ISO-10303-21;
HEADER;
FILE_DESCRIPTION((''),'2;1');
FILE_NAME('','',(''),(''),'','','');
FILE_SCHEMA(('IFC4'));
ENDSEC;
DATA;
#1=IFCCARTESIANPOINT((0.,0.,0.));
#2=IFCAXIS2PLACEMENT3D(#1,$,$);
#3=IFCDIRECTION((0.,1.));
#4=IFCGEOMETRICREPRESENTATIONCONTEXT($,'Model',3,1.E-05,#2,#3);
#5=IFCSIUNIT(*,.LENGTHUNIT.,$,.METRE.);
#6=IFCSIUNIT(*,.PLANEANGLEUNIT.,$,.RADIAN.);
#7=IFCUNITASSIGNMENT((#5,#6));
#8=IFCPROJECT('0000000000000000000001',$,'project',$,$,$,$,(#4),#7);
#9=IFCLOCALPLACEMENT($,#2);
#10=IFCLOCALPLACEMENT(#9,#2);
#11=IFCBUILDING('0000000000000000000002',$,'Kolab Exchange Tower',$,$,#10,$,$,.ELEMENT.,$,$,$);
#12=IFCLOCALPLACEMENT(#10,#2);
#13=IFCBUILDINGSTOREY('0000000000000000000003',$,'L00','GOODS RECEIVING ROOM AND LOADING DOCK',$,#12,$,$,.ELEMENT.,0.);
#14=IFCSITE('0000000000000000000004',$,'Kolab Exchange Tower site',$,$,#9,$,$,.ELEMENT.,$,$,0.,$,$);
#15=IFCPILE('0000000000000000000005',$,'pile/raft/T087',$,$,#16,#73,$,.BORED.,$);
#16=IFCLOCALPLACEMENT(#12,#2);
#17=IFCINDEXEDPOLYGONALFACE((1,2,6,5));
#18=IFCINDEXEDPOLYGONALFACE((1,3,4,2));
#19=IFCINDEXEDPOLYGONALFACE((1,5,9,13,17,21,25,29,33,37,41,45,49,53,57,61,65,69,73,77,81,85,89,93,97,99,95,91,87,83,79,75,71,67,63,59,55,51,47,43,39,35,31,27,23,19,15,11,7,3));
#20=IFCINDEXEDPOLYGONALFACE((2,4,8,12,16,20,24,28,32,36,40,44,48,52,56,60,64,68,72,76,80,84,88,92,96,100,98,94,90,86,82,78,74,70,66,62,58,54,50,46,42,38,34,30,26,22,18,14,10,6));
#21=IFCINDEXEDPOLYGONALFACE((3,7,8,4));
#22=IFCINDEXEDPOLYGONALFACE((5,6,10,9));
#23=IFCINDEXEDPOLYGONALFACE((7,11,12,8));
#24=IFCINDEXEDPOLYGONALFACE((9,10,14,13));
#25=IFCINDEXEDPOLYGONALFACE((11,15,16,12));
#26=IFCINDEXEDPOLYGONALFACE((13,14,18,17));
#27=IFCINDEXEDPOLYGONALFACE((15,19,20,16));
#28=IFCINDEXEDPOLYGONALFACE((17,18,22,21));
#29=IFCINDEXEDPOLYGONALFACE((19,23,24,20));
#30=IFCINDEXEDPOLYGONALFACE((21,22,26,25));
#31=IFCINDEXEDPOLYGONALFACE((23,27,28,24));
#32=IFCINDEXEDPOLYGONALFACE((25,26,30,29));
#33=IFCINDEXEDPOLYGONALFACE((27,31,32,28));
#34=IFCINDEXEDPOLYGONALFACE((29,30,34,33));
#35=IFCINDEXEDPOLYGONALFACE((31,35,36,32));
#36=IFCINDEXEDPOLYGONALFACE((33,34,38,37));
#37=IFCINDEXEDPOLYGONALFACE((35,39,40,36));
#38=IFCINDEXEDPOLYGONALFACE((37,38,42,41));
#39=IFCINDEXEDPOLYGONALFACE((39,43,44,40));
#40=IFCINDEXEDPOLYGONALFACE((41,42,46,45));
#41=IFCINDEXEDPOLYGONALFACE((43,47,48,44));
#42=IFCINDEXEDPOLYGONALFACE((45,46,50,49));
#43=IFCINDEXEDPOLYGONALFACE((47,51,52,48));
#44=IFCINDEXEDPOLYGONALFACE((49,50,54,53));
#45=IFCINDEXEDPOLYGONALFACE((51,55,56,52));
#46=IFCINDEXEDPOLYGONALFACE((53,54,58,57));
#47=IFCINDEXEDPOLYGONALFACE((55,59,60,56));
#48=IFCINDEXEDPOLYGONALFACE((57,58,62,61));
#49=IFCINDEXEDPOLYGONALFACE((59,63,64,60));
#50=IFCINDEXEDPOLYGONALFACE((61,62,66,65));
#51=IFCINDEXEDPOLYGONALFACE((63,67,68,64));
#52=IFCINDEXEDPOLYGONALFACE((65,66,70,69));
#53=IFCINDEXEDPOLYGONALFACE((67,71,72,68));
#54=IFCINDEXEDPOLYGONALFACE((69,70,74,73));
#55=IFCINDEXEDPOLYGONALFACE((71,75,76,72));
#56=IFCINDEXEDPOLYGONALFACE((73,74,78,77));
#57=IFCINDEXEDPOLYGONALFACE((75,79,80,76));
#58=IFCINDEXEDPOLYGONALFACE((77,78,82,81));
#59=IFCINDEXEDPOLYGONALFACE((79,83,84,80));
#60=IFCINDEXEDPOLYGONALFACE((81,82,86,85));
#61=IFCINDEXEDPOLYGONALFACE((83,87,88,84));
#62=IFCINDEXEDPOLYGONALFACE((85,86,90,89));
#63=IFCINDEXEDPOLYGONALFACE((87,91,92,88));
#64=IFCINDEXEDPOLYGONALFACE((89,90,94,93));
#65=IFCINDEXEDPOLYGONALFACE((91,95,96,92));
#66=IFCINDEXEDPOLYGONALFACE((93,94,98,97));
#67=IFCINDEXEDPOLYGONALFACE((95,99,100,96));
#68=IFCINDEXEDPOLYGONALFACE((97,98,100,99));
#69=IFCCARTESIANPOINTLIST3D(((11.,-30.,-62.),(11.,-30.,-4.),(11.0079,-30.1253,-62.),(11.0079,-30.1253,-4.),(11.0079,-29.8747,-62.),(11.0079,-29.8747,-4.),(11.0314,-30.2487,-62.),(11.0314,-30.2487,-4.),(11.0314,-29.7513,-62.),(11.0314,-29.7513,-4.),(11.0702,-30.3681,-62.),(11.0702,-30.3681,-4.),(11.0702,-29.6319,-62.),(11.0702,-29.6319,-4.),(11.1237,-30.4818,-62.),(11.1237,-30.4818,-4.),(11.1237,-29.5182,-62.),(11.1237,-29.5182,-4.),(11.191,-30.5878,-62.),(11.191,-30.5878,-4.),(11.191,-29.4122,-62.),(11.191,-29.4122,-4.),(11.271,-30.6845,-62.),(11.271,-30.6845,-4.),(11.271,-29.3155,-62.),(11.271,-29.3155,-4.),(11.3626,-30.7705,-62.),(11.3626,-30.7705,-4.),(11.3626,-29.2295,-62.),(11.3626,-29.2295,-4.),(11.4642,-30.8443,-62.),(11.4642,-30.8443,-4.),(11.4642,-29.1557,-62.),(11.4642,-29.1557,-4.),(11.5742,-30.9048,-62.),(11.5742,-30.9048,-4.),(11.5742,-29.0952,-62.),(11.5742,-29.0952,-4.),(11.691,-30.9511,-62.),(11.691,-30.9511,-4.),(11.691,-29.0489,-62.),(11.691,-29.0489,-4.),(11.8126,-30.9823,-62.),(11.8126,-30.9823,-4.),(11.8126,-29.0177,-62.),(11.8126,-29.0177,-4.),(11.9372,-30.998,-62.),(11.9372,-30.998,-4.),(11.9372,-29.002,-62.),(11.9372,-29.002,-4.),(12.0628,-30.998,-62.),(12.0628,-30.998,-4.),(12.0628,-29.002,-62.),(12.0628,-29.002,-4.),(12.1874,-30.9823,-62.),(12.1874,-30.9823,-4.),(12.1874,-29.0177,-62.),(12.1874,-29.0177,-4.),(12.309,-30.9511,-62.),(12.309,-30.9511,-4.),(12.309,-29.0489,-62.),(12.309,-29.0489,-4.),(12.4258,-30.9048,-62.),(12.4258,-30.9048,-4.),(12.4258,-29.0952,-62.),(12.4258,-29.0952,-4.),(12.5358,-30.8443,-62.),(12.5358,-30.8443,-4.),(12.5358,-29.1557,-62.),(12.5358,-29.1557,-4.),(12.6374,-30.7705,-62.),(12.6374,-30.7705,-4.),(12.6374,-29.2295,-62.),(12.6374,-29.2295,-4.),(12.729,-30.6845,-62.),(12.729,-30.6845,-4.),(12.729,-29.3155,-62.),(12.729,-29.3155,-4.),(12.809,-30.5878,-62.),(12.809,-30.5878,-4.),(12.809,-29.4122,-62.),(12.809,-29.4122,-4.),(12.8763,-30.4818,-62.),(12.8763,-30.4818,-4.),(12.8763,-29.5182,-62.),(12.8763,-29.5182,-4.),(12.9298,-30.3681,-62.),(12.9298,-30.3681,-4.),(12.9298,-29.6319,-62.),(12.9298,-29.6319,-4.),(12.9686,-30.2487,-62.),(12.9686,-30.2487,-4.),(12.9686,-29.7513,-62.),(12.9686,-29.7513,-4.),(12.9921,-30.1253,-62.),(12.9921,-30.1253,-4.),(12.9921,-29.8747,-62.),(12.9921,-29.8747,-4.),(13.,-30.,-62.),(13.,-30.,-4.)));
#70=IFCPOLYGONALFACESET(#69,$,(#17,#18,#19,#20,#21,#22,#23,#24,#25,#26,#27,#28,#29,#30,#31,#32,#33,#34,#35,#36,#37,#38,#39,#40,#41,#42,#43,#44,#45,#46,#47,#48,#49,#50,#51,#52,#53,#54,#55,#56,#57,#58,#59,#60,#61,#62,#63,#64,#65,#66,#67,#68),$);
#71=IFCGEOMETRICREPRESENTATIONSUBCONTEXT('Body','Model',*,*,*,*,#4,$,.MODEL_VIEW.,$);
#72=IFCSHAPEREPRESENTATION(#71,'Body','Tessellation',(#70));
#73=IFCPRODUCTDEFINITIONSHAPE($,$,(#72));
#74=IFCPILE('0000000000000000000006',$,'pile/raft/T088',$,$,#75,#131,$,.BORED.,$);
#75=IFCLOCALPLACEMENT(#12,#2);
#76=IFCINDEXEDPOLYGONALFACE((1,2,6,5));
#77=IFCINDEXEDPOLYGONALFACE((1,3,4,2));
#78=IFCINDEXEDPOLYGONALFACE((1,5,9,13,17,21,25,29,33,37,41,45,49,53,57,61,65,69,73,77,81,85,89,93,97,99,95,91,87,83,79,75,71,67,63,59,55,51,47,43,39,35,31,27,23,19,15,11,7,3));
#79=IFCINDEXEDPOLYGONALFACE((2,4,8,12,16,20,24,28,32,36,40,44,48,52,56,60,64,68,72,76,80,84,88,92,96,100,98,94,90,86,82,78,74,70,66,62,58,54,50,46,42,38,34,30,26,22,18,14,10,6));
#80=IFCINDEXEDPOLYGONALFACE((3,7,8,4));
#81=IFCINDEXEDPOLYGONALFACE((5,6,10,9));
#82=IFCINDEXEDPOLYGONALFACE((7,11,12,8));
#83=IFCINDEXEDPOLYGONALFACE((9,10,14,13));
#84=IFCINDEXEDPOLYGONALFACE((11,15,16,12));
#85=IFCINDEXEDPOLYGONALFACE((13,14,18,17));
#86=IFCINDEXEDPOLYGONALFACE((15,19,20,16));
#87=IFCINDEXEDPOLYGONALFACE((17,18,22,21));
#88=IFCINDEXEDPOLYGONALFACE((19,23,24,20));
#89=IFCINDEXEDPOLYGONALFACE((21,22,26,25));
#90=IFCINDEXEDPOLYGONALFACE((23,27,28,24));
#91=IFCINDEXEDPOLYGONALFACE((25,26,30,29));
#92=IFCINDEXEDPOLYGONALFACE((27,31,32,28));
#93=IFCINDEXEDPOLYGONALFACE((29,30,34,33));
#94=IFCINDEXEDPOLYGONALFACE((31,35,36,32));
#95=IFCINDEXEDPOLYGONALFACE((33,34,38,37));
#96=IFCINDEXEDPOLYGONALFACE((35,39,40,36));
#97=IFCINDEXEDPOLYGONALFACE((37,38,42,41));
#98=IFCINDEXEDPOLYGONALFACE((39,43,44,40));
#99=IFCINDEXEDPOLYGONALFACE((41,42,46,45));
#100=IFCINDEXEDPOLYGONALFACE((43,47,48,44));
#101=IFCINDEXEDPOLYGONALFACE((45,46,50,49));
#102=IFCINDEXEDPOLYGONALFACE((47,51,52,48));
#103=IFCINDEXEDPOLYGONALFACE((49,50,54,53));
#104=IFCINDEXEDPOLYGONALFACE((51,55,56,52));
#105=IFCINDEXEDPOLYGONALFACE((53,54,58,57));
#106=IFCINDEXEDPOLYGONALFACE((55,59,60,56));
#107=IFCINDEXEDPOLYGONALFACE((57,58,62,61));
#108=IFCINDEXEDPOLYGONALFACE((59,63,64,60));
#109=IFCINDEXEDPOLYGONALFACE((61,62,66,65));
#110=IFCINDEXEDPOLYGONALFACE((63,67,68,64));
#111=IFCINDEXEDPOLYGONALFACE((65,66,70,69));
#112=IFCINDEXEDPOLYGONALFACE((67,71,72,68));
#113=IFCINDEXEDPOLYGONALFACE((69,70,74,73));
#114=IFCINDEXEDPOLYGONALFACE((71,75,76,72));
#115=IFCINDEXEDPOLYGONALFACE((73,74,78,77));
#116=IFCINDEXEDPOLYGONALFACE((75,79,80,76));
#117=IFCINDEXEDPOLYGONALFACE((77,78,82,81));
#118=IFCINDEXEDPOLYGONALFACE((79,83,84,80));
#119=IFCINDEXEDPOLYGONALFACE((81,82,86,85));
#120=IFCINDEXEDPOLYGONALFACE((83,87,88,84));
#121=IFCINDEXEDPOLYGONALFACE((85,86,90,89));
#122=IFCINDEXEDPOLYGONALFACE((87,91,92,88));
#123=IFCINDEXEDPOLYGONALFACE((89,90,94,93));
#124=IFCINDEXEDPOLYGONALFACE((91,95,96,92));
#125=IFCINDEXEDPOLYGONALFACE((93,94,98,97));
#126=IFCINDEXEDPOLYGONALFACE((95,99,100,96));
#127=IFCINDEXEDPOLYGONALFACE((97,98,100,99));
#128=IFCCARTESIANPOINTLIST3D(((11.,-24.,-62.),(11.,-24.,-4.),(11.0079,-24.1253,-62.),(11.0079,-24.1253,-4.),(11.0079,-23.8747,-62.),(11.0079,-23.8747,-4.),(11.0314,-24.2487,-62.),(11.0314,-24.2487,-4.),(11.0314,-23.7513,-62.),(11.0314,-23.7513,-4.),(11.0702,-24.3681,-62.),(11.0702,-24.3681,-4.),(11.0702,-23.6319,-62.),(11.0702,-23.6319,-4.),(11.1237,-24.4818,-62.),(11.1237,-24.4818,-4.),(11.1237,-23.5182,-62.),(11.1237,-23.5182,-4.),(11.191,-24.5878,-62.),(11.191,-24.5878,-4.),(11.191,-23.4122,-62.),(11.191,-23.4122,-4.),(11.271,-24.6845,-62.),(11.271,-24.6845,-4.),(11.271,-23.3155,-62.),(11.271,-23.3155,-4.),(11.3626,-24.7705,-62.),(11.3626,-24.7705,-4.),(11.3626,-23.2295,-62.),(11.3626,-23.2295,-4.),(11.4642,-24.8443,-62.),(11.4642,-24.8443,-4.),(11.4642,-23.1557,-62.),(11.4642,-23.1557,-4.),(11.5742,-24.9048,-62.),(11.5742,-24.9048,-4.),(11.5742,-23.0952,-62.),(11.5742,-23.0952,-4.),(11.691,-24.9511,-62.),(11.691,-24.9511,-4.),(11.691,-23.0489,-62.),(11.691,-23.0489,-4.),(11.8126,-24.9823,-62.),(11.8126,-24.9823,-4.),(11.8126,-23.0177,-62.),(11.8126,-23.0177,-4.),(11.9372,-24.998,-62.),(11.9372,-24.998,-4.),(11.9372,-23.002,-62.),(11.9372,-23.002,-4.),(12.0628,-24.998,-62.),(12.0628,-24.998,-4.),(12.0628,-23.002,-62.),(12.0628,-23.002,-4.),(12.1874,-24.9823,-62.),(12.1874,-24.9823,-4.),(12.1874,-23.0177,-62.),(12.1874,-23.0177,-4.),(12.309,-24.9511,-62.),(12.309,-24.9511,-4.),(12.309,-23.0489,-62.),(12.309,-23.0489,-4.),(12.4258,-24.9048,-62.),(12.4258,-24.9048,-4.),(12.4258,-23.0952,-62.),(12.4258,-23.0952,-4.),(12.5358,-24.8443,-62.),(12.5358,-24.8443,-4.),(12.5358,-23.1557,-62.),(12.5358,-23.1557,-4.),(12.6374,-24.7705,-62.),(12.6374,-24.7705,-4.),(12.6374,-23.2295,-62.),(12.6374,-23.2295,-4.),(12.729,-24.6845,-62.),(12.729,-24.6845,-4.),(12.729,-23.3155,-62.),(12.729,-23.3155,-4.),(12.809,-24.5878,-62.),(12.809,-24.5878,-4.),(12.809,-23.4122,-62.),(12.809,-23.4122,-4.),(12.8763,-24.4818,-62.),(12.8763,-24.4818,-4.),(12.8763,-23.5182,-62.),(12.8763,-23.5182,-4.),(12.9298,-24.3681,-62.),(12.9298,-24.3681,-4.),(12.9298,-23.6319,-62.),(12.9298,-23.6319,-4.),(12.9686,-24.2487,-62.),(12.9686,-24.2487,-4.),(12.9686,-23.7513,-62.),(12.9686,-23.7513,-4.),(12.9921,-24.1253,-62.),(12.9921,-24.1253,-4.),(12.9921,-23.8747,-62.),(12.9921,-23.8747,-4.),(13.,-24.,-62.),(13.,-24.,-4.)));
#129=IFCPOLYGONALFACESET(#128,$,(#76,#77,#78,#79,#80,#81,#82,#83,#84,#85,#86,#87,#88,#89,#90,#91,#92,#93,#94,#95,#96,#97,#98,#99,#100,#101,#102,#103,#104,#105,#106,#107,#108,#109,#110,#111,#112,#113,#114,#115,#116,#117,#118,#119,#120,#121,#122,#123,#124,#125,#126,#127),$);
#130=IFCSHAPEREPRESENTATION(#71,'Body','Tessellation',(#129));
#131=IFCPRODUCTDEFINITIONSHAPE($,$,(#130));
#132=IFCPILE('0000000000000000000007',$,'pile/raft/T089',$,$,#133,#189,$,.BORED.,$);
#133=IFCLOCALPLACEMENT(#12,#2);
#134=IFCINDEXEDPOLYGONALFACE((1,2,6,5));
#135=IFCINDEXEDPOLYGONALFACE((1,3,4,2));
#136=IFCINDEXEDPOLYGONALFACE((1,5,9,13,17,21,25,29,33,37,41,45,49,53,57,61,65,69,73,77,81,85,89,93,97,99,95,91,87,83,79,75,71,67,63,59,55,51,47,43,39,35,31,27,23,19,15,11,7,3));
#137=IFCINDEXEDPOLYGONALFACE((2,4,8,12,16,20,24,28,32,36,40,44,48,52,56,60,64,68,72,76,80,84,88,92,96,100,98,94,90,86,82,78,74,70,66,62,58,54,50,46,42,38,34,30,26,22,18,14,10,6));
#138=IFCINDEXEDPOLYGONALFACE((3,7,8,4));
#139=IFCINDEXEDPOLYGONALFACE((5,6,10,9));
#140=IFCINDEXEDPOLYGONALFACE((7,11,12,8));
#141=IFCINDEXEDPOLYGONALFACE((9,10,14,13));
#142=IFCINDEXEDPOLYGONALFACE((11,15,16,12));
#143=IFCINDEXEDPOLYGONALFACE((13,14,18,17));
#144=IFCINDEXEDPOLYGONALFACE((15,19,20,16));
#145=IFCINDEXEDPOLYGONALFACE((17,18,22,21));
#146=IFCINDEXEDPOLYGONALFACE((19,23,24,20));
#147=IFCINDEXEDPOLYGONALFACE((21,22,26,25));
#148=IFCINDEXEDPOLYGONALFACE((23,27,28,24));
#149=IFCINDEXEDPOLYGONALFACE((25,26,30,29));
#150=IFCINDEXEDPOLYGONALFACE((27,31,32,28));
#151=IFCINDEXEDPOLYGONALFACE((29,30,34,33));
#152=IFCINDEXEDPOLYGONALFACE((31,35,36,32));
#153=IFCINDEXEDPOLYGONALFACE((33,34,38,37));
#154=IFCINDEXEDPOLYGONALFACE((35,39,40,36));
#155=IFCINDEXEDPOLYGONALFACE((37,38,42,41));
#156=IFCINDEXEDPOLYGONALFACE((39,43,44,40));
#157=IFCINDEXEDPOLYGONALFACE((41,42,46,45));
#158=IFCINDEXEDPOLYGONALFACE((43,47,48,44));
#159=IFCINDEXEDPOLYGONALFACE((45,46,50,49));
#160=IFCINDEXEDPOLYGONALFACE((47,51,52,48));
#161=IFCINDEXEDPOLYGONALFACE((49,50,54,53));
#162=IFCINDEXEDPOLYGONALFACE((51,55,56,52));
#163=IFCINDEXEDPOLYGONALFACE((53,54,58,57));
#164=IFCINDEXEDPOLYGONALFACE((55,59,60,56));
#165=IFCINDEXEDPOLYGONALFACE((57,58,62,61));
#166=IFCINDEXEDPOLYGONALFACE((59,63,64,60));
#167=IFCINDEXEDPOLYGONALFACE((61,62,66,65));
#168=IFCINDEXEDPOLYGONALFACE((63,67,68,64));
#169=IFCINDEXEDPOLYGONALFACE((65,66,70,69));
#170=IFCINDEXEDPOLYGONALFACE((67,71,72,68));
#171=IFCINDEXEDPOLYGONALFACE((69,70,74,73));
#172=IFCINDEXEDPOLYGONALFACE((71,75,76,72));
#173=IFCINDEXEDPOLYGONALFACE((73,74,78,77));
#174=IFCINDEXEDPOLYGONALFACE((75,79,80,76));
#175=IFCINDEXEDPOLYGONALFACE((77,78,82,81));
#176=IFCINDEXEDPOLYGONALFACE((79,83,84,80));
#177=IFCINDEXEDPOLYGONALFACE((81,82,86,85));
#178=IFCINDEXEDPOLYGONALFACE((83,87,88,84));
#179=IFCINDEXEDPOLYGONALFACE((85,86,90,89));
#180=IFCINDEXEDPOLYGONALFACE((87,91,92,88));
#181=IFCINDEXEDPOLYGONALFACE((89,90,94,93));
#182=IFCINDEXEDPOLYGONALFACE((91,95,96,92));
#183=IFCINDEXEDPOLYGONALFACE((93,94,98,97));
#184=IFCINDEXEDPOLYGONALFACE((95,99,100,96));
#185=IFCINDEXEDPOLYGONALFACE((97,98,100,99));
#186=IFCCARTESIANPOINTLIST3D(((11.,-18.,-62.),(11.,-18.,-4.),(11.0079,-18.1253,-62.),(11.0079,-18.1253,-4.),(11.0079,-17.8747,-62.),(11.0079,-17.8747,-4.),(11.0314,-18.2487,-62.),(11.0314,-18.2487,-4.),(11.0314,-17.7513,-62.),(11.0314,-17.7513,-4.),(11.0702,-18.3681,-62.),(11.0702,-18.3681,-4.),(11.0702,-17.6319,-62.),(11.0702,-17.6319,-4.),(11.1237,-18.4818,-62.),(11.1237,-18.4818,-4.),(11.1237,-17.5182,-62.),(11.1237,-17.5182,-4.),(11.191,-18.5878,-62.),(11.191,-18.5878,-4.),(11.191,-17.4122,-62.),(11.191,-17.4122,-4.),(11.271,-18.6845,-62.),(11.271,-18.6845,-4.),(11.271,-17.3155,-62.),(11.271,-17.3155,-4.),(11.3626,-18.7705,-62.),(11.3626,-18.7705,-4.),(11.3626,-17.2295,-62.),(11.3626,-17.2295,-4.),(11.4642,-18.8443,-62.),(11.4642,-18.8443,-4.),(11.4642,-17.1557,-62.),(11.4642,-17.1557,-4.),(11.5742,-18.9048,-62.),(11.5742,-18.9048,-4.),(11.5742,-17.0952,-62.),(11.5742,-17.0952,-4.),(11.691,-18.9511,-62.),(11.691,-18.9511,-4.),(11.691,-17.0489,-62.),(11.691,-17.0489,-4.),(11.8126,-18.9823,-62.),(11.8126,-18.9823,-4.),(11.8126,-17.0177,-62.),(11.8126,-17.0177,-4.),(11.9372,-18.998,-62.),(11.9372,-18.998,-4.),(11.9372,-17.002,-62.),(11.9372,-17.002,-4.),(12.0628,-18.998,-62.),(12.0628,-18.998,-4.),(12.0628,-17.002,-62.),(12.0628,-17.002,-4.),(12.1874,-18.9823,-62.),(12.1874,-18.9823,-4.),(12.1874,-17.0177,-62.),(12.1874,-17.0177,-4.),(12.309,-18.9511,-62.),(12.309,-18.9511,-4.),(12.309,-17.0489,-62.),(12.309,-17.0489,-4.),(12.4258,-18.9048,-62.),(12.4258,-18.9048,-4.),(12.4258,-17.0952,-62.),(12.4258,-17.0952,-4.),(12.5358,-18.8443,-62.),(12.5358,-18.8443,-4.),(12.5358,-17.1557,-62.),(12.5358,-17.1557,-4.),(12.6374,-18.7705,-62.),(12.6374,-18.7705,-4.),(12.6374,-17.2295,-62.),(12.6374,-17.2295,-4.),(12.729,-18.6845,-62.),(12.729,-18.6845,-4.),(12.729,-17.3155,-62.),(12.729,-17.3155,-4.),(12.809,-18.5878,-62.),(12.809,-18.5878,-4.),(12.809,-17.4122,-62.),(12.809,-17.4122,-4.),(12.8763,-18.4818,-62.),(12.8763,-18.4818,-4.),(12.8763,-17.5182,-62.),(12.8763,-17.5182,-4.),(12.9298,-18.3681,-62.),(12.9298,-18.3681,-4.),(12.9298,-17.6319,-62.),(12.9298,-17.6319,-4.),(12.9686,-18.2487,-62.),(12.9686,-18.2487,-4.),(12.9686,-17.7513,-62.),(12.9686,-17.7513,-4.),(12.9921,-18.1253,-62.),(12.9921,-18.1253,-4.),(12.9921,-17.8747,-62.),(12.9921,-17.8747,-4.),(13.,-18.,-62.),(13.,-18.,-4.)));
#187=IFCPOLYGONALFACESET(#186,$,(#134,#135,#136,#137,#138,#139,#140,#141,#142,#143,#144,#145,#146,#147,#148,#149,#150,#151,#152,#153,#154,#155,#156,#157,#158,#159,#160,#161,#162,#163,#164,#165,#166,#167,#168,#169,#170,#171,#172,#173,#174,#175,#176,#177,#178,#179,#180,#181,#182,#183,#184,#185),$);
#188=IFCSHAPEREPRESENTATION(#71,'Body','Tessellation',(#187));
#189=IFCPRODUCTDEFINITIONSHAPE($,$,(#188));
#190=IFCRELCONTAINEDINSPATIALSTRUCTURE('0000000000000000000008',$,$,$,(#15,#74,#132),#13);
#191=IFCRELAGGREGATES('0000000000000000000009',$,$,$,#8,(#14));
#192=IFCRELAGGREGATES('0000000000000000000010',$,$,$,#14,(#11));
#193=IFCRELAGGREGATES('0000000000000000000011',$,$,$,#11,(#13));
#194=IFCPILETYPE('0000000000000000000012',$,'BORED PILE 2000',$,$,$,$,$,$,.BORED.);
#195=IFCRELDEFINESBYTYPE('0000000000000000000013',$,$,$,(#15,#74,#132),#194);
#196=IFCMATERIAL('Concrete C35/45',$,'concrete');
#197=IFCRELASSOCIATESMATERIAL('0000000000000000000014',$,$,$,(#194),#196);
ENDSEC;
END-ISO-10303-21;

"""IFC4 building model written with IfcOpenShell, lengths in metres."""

from ifc_helpers import new_model, si_unit, direction, frame, origin, origin_2d, place, context, subcontext, project, spatial, circle, extrude, material, material_profile, profile_set, type_object, element, save


model = new_model("IFC4")

# Units and contexts
model_context = context("Model", 3, precision=1e-05, world=origin(), true_north=direction((0.0, 1.0)))
body_context = subcontext(model_context, "Body", "Model", "MODEL_VIEW")
ifc_project = project(units=[si_unit("LENGTHUNIT", "METRE"), si_unit("PLANEANGLEUNIT", "RADIAN")], contexts=[model_context])

# Site, building, storey
site_placement = place(None, origin())
site = spatial("IfcSite", under=ifc_project, at=site_placement, Name="Kolab Exchange Tower site", CompositionType="ELEMENT", RefElevation=0.0)
building_placement = place(site_placement, origin())
building = spatial("IfcBuilding", under=site, at=building_placement, Name="Kolab Exchange Tower", CompositionType="ELEMENT")
storey_placement = place(building_placement, origin())
storey = spatial("IfcBuildingStorey", under=building, at=storey_placement, Name="L00", Description="GOODS RECEIVING ROOM AND LOADING DOCK", CompositionType="ELEMENT", Elevation=0.0)

# Piles
ifc_material_1 = material(Name="Concrete C35/45", Category="concrete")
ifc_material_profile_1 = material_profile(ifc_material_1, circle(Radius=1.0, at=origin_2d()), Name="BP2000")
ifc_profile_set_1 = profile_set([ifc_material_profile_1], Name="Concrete C35/45")
pile_type = type_object("IfcPileType", Name="BORED PILE 2000", PredefinedType="BORED", material=ifc_profile_set_1)
for number, where, z_axis, x_axis, name in (
    (1, (12.0, -30.0, -4.0), (0.0, 0.0, -1.0), (1.0, 0.0, 0.0), "pile/raft/T087"),
    (2, (12.0, -24.0, -4.0), (0.0, 0.0, -1.0), (1.0, 0.0, 0.0), "pile/raft/T088"),
    (3, (12.0, -18.0, -4.0), (0.0, 0.0, -1.0), (1.0, 0.0, 0.0), "pile/raft/T089"),
):
    element("IfcPile", number, at=place(storey_placement, frame(where, z_axis=z_axis, x_axis=x_axis)), inside=storey, type_object=pile_type, Name=name, PredefinedType="BORED", context=body_context, shape_type="SweptSolid", body=[
        extrude(circle(Radius=1.0, at=origin_2d()), origin(), (0.0, 0.0, 1.0), 58.0),
    ])

save(model, "model.ifc")
